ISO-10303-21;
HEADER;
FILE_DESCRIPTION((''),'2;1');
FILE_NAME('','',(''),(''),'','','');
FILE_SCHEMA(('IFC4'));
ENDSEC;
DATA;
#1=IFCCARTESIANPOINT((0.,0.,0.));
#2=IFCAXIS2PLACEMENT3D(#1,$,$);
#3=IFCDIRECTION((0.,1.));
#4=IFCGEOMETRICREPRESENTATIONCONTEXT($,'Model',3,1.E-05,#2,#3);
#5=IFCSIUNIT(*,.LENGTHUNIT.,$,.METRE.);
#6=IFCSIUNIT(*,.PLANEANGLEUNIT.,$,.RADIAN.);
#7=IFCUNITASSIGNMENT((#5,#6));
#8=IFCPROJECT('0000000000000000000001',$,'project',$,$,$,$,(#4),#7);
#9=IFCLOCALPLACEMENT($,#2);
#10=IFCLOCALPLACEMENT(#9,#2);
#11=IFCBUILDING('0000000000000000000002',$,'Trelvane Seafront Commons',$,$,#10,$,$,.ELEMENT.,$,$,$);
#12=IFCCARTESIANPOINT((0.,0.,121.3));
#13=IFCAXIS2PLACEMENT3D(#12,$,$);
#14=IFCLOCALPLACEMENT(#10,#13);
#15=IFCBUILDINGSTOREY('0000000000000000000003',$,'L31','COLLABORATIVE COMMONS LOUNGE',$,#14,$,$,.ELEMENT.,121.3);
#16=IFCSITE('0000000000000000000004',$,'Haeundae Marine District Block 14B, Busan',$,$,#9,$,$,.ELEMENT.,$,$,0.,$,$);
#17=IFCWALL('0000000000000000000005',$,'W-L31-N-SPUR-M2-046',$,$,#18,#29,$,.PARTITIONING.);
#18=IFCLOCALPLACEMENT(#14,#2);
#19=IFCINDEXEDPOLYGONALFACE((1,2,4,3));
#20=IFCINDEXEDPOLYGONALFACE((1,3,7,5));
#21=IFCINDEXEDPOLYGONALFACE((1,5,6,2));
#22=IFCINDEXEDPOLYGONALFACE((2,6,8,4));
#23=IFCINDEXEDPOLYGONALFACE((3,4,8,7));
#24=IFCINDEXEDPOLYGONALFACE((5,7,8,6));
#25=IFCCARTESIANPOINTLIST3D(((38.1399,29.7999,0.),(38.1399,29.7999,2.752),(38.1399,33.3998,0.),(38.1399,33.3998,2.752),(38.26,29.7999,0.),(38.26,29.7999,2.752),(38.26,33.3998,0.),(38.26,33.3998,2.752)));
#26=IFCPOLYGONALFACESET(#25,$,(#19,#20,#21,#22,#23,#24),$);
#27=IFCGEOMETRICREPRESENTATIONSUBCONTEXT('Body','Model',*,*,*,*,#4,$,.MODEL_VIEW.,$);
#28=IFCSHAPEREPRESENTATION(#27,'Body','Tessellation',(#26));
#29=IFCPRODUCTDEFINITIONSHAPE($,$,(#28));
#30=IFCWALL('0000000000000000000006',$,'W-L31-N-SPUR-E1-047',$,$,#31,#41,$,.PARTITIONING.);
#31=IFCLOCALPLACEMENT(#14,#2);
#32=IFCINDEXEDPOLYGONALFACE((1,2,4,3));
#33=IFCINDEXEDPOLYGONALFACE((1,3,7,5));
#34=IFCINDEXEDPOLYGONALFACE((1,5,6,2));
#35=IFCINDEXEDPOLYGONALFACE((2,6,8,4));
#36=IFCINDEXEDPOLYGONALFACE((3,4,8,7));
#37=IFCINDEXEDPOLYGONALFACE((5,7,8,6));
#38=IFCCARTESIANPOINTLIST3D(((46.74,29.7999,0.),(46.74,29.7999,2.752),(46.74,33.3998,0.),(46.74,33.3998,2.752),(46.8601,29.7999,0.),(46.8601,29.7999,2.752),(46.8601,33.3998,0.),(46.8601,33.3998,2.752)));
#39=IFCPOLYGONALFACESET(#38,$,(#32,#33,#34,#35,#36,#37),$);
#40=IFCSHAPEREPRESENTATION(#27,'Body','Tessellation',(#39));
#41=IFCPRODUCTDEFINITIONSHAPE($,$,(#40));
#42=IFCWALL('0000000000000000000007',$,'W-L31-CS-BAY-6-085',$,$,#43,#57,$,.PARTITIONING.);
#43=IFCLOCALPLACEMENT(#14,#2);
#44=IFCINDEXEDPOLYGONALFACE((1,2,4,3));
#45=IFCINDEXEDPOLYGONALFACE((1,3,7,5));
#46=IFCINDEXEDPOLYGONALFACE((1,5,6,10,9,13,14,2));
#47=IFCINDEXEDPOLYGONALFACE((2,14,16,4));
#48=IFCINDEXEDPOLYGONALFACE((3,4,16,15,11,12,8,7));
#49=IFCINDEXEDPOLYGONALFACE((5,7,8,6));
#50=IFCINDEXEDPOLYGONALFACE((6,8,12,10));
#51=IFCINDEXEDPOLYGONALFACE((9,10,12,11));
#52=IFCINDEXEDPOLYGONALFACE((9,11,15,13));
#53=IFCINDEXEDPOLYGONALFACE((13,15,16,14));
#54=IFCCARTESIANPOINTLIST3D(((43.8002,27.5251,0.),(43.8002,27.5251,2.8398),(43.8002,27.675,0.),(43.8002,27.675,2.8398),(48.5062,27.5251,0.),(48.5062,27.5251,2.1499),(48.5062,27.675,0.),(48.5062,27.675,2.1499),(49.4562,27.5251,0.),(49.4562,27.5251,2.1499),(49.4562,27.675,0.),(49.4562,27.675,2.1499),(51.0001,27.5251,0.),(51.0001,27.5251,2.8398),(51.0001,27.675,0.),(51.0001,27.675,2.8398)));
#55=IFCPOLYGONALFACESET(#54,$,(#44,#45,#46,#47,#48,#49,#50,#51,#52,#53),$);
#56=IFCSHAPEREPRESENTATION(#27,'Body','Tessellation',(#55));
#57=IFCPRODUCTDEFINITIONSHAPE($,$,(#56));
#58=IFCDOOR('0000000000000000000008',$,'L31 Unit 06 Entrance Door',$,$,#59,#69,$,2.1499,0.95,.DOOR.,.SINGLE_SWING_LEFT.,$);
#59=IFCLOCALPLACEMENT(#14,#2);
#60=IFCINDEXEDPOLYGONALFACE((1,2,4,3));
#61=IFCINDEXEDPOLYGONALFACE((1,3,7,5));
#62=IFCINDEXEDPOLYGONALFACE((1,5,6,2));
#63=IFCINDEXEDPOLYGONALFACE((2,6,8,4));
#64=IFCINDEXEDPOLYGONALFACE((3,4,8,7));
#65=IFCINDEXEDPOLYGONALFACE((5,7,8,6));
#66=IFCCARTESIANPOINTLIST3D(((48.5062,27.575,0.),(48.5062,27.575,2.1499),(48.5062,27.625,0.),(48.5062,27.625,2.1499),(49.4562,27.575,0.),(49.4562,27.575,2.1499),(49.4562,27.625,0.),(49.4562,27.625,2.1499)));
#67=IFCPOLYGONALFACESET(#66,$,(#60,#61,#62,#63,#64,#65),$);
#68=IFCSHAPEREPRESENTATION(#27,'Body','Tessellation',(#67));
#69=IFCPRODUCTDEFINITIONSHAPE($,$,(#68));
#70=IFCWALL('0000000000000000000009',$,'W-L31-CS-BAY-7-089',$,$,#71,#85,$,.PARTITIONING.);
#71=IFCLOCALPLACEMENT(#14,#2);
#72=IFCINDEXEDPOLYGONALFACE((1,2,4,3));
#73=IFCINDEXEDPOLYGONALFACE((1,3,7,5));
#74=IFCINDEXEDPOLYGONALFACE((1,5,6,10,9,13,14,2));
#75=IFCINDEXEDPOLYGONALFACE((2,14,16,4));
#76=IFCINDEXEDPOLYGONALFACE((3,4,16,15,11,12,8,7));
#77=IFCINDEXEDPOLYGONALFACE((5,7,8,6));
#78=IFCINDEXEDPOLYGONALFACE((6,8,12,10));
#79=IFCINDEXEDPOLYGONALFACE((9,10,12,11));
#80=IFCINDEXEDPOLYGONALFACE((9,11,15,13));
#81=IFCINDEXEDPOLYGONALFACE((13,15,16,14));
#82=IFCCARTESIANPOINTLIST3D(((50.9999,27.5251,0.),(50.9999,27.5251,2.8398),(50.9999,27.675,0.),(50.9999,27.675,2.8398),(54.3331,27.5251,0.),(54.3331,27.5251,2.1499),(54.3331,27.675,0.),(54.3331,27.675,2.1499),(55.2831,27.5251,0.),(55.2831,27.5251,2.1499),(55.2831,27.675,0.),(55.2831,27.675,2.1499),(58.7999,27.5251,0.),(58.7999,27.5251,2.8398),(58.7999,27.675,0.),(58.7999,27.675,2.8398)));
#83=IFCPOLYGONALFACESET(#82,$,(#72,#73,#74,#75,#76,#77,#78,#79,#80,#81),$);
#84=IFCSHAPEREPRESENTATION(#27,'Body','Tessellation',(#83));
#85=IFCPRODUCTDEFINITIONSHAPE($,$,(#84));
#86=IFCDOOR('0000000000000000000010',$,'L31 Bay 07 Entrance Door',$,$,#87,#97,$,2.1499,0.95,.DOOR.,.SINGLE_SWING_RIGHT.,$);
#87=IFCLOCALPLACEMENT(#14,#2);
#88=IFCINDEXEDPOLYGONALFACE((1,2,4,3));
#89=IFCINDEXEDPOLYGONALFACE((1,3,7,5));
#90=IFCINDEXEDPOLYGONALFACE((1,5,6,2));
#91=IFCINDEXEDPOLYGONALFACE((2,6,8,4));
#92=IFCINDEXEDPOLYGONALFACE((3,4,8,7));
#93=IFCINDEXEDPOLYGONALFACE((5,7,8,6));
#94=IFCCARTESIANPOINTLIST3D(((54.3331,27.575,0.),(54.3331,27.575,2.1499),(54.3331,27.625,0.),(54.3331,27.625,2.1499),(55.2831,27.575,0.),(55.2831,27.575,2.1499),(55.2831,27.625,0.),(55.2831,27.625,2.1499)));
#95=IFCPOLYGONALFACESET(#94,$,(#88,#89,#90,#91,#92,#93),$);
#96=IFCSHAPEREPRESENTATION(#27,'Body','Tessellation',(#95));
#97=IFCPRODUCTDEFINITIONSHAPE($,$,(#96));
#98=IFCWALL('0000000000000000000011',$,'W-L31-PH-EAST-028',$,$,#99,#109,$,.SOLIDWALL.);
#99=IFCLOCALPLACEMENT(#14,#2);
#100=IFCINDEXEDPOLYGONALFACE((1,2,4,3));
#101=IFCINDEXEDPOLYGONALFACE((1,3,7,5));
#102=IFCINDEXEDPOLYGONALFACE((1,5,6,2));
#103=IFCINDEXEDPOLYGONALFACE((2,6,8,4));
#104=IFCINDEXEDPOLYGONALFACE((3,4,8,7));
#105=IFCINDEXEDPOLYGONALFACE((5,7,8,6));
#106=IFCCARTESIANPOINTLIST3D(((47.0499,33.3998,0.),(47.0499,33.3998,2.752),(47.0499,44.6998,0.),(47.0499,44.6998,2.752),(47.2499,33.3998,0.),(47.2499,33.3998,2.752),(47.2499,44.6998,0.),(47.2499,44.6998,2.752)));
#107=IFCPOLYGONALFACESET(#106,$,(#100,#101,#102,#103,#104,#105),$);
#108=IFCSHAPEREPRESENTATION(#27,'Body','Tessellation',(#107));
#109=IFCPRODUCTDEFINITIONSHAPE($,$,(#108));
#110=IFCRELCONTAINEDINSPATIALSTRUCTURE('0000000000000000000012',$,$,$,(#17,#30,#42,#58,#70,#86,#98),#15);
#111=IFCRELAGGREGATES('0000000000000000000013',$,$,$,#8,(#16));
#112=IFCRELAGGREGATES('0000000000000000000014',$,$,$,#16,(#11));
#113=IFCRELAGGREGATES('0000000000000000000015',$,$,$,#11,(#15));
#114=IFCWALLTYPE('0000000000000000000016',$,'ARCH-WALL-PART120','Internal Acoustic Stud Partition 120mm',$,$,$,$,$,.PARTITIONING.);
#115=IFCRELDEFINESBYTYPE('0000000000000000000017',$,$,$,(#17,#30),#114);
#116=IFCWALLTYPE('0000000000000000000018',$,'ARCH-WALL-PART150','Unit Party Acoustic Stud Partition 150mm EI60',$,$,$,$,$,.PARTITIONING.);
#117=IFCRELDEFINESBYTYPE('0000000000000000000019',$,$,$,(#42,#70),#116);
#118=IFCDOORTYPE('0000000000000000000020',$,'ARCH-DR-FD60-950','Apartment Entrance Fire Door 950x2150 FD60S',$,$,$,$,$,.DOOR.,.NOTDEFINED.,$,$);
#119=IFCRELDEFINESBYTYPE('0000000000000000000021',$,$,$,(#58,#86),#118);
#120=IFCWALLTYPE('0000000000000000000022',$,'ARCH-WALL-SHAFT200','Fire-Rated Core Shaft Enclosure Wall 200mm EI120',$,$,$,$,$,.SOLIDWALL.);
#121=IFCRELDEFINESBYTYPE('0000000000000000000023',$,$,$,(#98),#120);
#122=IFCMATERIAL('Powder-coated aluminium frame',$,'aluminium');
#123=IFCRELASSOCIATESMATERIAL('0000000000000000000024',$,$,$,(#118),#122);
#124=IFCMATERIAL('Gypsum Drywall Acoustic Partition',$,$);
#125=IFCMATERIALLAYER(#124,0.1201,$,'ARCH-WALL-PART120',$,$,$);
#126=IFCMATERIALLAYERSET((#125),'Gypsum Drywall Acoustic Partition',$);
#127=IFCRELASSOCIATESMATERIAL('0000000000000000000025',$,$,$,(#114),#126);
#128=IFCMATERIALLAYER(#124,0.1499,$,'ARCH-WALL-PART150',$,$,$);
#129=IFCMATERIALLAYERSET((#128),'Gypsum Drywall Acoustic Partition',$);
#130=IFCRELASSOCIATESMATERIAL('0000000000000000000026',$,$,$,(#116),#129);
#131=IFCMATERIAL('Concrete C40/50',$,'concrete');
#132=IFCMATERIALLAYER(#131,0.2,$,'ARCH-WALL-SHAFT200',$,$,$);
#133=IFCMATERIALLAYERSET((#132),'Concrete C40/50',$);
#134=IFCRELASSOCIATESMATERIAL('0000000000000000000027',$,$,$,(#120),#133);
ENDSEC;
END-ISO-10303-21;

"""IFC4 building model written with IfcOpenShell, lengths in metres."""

from ifc_helpers import new_model, si_unit, direction, frame, frame_2d, origin, place, context, subcontext, project, spatial, rectangle, extrude, source, transform, mapped, material, layer, layer_set, type_object, element, fill, save


model = new_model("IFC4")

# Units and contexts
model_context = context("Model", 3, precision=1e-05, world=origin(), true_north=direction((0.0, 1.0)))
body_context = subcontext(model_context, "Body", "Model", "MODEL_VIEW")
ifc_project = project(units=[si_unit("LENGTHUNIT", "METRE"), si_unit("PLANEANGLEUNIT", "RADIAN")], contexts=[model_context])

# Site, building, storey
site_placement = place(None, origin())
site = spatial("IfcSite", under=ifc_project, at=site_placement, Name="Haeundae Marine District Block 14B, Busan", CompositionType="ELEMENT", RefElevation=0.0)
building_placement = place(site_placement, origin())
building = spatial("IfcBuilding", under=site, at=building_placement, Name="Trelvane Seafront Commons", CompositionType="ELEMENT")
storey_placement = place(building_placement, frame((0.0, 0.0, 121.3)))
storey = spatial("IfcBuildingStorey", under=building, at=storey_placement, Name="L31", Description="COLLABORATIVE COMMONS LOUNGE", CompositionType="ELEMENT", Elevation=121.3)

# Shared definitions
ifc_material_1 = material(Name="Concrete C40/50", Category="concrete")
ifc_material_2 = material(Name="Powder-coated aluminium frame", Category="aluminium")
door_type_1 = type_object("IfcDoorType", Name="ARCH-DR-FD60-950", Description="Apartment Entrance Fire Door 950x2150 FD60S", OperationType="NOTDEFINED", PredefinedType="DOOR", material=ifc_material_2)
shared_shape_1 = source(origin(), body_context, "Body", "SweptSolid", [
    extrude(rectangle(XDim=0.95, YDim=2.1499, at=frame_2d((0.4751, 1.075))), frame((0.0, 0.0249, 0.0), z_axis=(0.0, -1.0, 0.0), x_axis=(1.0, 0.0, 0.0)), (0.0, 0.0, 1.0), 0.05),
])

# Shared definitions
ifc_material_3 = material(Name="Gypsum Drywall Acoustic Partition")
ifc_layer_1 = layer(ifc_material_3, 0.1201, Name="ARCH-WALL-PART120")
ifc_layer_set_1 = layer_set([ifc_layer_1], Name="Gypsum Drywall Acoustic Partition")
wall_type_1 = type_object("IfcWallType", Name="ARCH-WALL-PART120", Description="Internal Acoustic Stud Partition 120mm", PredefinedType="PARTITIONING", material=ifc_layer_set_1)

# Walls
for number, where, z_axis, x_axis, name in (
    (1, (38.2, 29.8, 0.0), (0.0, 0.0, 1.0), (0.0, 1.0, 0.0), "W-L31-N-SPUR-M2-046"),
    (2, (46.8, 29.8, 0.0), (0.0, 0.0, 1.0), (0.0, 1.0, 0.0), "W-L31-N-SPUR-E1-047"),
):
    element("IfcWall", number, at=place(storey_placement, frame(where, z_axis=z_axis, x_axis=x_axis)), inside=storey, type_object=wall_type_1, Name=name, PredefinedType="PARTITIONING", context=body_context, shape_type="SweptSolid", body=[
        extrude(rectangle(XDim=3.5999, YDim=0.1201, at=frame_2d((1.7998, 0.0))), origin(), (0.0, 0.0, 1.0), 2.752),
    ])

# Walls, openings, doors
ifc_layer_2 = layer(ifc_material_3, 0.1499, Name="ARCH-WALL-PART150")
ifc_layer_set_2 = layer_set([ifc_layer_2], Name="Gypsum Drywall Acoustic Partition")
wall_type_2 = type_object("IfcWallType", Name="ARCH-WALL-PART150", Description="Unit Party Acoustic Stud Partition 150mm EI60", PredefinedType="PARTITIONING", material=ifc_layer_set_2)
wall_1_placement = place(storey_placement, frame((43.8, 27.6001, 0.0), z_axis=(0.0, 0.0, 1.0), x_axis=(1.0, 0.0, 0.0)))
wall_1 = element("IfcWall", 3, at=wall_1_placement, inside=storey, type_object=wall_type_2, Name="W-L31-CS-BAY-6-085", PredefinedType="PARTITIONING", context=body_context, shape_type="SweptSolid", body=[
    extrude(rectangle(XDim=7.2, YDim=0.1499, at=frame_2d((3.6001, 0.0))), origin(), (0.0, 0.0, 1.0), 2.8398),
])
opening_1_placement = place(wall_1_placement, frame((4.7061, 0.0, 0.0)))
opening_1 = element("IfcOpeningElement", 4, at=opening_1_placement, cuts=wall_1, PredefinedType="OPENING", context=body_context, shape_type="SweptSolid", body=[
    extrude(rectangle(XDim=0.95, YDim=2.1499, at=frame_2d((0.4751, 1.075))), frame((0.0, 0.085, 0.0), z_axis=(0.0, -1.0, 0.0), x_axis=(1.0, 0.0, 0.0)), (0.0, 0.0, 1.0), 0.1699),
])
door_1_placement = place(opening_1_placement, origin())
door_1 = element("IfcDoor", 5, at=door_1_placement, inside=storey, type_object=door_type_1, Name="L31 Unit 06 Entrance Door", OperationType="SINGLE_SWING_LEFT", OverallHeight=2.1499, OverallWidth=0.95, PredefinedType="DOOR", context=body_context, shape_type="MappedRepresentation", body=[
    mapped(shared_shape_1, transform((0.0, 0.0, 0.0), x_axis=(1.0, 0.0, 0.0), y_axis=(0.0, 1.0, 0.0), z_axis=(0.0, 0.0, 1.0), scale=1.0)),
])
fill(opening_1, door_1)
wall_2_placement = place(storey_placement, frame((51.0, 27.6001, 0.0), z_axis=(0.0, 0.0, 1.0), x_axis=(1.0, 0.0, 0.0)))
wall_2 = element("IfcWall", 6, at=wall_2_placement, inside=storey, type_object=wall_type_2, Name="W-L31-CS-BAY-7-089", PredefinedType="PARTITIONING", context=body_context, shape_type="SweptSolid", body=[
    extrude(rectangle(XDim=7.8, YDim=0.1499, at=frame_2d((3.8999, 0.0))), origin(), (0.0, 0.0, 1.0), 2.8398),
])
opening_2_placement = place(wall_2_placement, frame((3.333, 0.0, 0.0)))
opening_2 = element("IfcOpeningElement", 7, at=opening_2_placement, cuts=wall_2, PredefinedType="OPENING", context=body_context, shape_type="SweptSolid", body=[
    extrude(rectangle(XDim=0.95, YDim=2.1499, at=frame_2d((0.4751, 1.075))), frame((0.0, 0.085, 0.0), z_axis=(0.0, -1.0, 0.0), x_axis=(1.0, 0.0, 0.0)), (0.0, 0.0, 1.0), 0.1699),
])
door_2_placement = place(opening_2_placement, origin())
door_2 = element("IfcDoor", 8, at=door_2_placement, inside=storey, type_object=door_type_1, Name="L31 Bay 07 Entrance Door", OperationType="SINGLE_SWING_RIGHT", OverallHeight=2.1499, OverallWidth=0.95, PredefinedType="DOOR", context=body_context, shape_type="MappedRepresentation", body=[
    mapped(shared_shape_1, transform((0.0, 0.0, 0.0), x_axis=(1.0, 0.0, 0.0), y_axis=(0.0, 1.0, 0.0), z_axis=(0.0, 0.0, 1.0), scale=1.0)),
])
fill(opening_2, door_2)

# Wall
ifc_layer_3 = layer(ifc_material_1, 0.2, Name="ARCH-WALL-SHAFT200")
ifc_layer_set_3 = layer_set([ifc_layer_3], Name="Concrete C40/50")
wall_type_3 = type_object("IfcWallType", Name="ARCH-WALL-SHAFT200", Description="Fire-Rated Core Shaft Enclosure Wall 200mm EI120", PredefinedType="SOLIDWALL", material=ifc_layer_set_3)
wall_3_placement = place(storey_placement, frame((47.1499, 33.3999, 0.0), z_axis=(0.0, 0.0, 1.0), x_axis=(0.0, 1.0, 0.0)))
element("IfcWall", 9, at=wall_3_placement, inside=storey, type_object=wall_type_3, Name="W-L31-PH-EAST-028", PredefinedType="SOLIDWALL", context=body_context, shape_type="SweptSolid", body=[
    extrude(rectangle(XDim=11.3, YDim=0.2, at=frame_2d((5.6499, 0.0))), origin(), (0.0, 0.0, 1.0), 2.752),
])

save(model, "model.ifc")
